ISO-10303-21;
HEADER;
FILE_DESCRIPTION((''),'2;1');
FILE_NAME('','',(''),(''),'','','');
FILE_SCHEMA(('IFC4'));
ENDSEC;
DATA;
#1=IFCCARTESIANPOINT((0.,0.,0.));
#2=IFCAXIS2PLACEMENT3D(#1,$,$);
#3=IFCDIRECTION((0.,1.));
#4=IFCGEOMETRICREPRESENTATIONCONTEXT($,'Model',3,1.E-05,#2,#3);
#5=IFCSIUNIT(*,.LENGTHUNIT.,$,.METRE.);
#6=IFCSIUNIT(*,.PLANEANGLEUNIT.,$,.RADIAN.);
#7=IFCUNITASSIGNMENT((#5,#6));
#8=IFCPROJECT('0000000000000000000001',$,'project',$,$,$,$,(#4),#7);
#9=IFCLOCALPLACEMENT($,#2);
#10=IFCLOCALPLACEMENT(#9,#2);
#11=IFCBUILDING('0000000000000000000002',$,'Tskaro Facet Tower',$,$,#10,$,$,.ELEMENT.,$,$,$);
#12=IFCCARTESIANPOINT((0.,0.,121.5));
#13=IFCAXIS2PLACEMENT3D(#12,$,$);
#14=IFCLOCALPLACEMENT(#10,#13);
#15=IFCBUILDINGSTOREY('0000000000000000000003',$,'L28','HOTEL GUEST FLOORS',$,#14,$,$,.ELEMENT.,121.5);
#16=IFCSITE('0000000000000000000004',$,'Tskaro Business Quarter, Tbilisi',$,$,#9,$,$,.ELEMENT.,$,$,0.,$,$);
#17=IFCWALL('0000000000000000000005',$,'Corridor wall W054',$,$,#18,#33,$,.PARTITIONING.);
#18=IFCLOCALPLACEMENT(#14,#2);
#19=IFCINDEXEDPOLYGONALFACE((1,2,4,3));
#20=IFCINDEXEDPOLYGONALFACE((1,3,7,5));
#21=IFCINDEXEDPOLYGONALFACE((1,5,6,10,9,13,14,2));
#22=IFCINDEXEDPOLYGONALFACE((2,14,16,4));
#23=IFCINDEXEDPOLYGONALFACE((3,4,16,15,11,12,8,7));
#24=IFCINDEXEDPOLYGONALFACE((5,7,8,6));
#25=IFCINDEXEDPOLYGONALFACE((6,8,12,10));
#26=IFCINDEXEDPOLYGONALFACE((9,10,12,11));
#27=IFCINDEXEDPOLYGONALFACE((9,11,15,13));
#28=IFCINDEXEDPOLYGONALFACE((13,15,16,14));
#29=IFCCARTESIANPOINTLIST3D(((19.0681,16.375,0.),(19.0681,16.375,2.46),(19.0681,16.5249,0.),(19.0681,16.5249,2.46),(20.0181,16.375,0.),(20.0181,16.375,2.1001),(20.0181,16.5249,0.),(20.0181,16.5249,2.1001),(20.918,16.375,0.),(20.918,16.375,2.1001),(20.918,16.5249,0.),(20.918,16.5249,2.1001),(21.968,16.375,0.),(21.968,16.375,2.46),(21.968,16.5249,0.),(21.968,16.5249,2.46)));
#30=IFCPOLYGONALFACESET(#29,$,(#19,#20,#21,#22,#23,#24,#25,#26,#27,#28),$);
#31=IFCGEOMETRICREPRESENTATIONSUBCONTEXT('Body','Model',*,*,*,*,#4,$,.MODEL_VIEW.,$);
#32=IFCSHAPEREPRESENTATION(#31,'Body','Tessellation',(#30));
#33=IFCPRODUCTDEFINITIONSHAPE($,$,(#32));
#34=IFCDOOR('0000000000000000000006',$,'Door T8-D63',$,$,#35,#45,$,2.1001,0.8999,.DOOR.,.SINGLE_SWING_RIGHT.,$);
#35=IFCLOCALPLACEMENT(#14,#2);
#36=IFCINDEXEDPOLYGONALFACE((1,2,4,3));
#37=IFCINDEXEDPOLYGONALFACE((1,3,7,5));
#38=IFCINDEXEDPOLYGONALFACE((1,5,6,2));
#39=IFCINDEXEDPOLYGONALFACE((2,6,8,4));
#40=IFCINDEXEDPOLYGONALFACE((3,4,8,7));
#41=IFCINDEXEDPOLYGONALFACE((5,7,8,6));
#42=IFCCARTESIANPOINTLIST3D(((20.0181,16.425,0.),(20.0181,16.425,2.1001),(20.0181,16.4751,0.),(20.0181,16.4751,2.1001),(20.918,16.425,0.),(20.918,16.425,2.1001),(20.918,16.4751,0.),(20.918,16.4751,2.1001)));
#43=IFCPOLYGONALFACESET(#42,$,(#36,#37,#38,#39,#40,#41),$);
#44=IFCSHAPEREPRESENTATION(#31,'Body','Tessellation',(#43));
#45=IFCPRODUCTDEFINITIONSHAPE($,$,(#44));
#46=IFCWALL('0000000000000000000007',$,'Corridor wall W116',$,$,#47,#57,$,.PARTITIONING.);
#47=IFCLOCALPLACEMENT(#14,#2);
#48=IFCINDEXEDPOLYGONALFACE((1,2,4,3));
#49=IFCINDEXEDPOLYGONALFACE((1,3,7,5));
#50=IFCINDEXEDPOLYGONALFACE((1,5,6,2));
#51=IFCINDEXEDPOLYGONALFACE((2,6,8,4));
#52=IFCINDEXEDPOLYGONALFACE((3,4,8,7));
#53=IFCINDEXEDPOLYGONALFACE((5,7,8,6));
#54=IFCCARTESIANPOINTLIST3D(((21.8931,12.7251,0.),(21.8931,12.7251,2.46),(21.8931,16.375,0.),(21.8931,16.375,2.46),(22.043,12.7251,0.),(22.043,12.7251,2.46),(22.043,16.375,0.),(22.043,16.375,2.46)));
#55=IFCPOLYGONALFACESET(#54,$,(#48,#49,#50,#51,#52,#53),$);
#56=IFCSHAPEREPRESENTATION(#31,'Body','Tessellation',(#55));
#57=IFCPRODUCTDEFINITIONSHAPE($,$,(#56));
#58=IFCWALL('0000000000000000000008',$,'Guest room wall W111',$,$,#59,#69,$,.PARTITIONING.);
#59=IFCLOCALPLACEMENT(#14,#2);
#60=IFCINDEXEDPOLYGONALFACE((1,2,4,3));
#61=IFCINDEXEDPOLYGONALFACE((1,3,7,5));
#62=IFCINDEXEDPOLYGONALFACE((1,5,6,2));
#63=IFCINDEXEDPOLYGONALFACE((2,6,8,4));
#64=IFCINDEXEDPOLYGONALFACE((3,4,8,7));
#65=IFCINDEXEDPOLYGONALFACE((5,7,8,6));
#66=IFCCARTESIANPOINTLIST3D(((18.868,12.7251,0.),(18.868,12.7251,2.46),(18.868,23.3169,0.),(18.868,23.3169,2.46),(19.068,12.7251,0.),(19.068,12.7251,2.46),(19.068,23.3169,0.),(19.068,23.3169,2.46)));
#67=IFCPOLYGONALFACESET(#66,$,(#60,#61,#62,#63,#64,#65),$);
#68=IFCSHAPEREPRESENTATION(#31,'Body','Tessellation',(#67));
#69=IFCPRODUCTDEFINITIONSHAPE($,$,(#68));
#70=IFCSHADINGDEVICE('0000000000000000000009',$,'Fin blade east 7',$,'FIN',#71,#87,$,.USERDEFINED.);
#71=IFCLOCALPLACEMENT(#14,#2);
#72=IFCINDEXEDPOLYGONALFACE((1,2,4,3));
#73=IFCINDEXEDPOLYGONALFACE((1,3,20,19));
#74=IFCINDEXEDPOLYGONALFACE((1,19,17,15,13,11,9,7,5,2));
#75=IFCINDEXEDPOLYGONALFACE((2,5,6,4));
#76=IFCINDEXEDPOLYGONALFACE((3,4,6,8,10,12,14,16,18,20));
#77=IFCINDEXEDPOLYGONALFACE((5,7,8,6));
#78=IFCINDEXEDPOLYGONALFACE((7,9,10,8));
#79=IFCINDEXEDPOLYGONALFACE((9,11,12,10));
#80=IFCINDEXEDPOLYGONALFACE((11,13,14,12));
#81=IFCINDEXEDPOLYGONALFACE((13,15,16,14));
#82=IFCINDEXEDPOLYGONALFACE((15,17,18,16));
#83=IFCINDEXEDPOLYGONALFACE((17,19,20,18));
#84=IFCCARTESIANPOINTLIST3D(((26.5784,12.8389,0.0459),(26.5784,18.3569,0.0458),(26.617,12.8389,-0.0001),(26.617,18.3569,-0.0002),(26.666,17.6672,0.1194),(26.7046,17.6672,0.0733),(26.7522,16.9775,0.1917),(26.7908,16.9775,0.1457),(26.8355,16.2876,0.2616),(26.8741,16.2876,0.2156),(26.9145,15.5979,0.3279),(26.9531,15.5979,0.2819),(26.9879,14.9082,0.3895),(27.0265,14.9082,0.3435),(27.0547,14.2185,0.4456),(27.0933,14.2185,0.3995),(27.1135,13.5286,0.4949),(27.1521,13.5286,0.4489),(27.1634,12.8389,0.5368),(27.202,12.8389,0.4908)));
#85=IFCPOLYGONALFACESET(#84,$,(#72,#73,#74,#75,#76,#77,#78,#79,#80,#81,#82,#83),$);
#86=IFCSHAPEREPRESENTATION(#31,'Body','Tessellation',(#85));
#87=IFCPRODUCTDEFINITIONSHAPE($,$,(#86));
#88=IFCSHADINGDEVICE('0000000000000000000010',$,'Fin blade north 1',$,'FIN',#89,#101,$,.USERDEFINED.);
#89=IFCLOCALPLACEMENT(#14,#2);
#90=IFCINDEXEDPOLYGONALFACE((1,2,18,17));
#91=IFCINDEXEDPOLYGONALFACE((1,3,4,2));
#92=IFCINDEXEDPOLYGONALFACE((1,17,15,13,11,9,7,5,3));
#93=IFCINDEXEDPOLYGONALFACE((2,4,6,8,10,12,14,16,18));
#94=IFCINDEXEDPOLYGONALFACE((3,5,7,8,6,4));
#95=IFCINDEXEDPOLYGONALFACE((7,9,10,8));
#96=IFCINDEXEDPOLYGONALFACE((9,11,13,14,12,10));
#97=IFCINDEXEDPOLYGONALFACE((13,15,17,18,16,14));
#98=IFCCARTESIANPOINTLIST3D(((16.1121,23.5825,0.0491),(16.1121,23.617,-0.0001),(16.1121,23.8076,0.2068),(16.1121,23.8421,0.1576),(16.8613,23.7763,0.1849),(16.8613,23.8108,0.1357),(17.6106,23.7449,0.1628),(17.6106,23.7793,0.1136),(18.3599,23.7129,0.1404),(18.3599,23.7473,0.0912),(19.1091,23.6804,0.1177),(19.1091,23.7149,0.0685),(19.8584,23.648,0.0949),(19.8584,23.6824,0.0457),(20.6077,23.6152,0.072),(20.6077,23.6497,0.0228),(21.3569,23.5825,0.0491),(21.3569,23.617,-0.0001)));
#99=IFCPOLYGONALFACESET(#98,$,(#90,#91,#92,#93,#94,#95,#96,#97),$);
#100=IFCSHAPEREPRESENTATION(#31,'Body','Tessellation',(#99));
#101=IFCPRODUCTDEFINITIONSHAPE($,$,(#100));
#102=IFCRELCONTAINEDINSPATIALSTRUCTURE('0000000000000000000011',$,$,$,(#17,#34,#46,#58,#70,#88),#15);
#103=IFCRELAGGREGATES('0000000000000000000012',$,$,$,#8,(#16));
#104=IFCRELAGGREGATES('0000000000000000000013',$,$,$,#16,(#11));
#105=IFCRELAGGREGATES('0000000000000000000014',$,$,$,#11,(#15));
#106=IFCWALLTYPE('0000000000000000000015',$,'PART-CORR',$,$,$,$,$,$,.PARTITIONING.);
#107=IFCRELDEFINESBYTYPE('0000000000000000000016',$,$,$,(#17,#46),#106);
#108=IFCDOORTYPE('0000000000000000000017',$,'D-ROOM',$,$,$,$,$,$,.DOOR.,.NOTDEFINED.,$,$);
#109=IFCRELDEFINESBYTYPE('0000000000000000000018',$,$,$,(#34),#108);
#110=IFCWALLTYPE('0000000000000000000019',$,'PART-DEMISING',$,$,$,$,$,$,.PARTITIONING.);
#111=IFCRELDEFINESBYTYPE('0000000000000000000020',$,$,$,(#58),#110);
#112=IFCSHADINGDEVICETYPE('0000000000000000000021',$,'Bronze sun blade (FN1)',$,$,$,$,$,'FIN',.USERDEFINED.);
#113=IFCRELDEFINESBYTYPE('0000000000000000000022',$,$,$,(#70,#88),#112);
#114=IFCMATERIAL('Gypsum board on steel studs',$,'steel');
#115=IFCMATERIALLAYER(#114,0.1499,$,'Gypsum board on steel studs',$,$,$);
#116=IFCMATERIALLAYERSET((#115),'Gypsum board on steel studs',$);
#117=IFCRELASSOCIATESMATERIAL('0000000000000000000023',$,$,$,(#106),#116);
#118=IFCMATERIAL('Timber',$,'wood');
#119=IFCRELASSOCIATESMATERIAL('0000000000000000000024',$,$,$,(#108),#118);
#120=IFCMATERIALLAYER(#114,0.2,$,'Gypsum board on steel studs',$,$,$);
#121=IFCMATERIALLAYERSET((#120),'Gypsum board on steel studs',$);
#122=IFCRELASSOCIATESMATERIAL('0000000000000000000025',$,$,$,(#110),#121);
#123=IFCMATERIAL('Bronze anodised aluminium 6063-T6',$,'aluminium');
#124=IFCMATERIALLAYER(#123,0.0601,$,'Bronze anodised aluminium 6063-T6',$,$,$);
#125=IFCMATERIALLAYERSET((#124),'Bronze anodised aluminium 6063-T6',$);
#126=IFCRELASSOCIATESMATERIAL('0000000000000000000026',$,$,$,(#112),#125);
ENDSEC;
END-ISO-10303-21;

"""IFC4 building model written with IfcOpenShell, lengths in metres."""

from ifc_helpers import new_model, si_unit, direction, frame, frame_2d, origin, place, context, subcontext, project, spatial, polyline, rectangle, outline, extrude, material, layer, layer_set, type_object, element, fill, save


model = new_model("IFC4")

# Units and contexts
model_context = context("Model", 3, precision=1e-05, world=origin(), true_north=direction((0.0, 1.0)))
body_context = subcontext(model_context, "Body", "Model", "MODEL_VIEW")
ifc_project = project(units=[si_unit("LENGTHUNIT", "METRE"), si_unit("PLANEANGLEUNIT", "RADIAN")], contexts=[model_context])

# Site, building, storey
site_placement = place(None, origin())
site = spatial("IfcSite", under=ifc_project, at=site_placement, Name="Tskaro Business Quarter, Tbilisi", CompositionType="ELEMENT", RefElevation=0.0)
building_placement = place(site_placement, origin())
building = spatial("IfcBuilding", under=site, at=building_placement, Name="Tskaro Facet Tower", CompositionType="ELEMENT")
storey_placement = place(building_placement, frame((0.0, 0.0, 121.5)))
storey = spatial("IfcBuildingStorey", under=building, at=storey_placement, Name="L28", Description="HOTEL GUEST FLOORS", CompositionType="ELEMENT", Elevation=121.5)

# Shared definitions
ifc_material_1 = material(Name="Bronze anodised aluminium 6063-T6", Category="aluminium")

# Wall, opening, door
ifc_material_2 = material(Name="Gypsum board on steel studs", Category="steel")
ifc_layer_1 = layer(ifc_material_2, 0.1499, Name="Gypsum board on steel studs")
ifc_layer_set_1 = layer_set([ifc_layer_1], Name="Gypsum board on steel studs")
wall_type_1 = type_object("IfcWallType", Name="PART-CORR", PredefinedType="PARTITIONING", material=ifc_layer_set_1)
wall_1_placement = place(storey_placement, frame((21.968, 16.45, 0.0), z_axis=(0.0, 0.0, 1.0), x_axis=(-1.0, 0.0, 0.0)))
wall_1 = element("IfcWall", 1, at=wall_1_placement, inside=storey, type_object=wall_type_1, Name="Corridor wall W054", PredefinedType="PARTITIONING", context=body_context, shape_type="SweptSolid", body=[
    extrude(rectangle(XDim=2.8999, YDim=0.1499, at=frame_2d((1.45, 0.0))), origin(), (0.0, 0.0, 1.0), 2.46),
])
opening_placement = place(wall_1_placement, frame((1.05, 0.0, 0.0)))
opening = element("IfcOpeningElement", 2, at=opening_placement, cuts=wall_1, PredefinedType="OPENING", context=body_context, shape_type="SweptSolid", body=[
    extrude(rectangle(XDim=0.8999, YDim=2.1001, at=frame_2d((0.45, 1.05))), frame((0.0, 0.085, 0.0), z_axis=(0.0, -1.0, 0.0), x_axis=(1.0, 0.0, 0.0)), (0.0, 0.0, 1.0), 0.1699),
])
ifc_material_3 = material(Name="Timber", Category="wood")
door_type = type_object("IfcDoorType", Name="D-ROOM", OperationType="NOTDEFINED", PredefinedType="DOOR", material=ifc_material_3)
door_placement = place(opening_placement, origin())
door = element("IfcDoor", 3, at=door_placement, inside=storey, type_object=door_type, Name="Door T8-D63", OperationType="SINGLE_SWING_RIGHT", OverallHeight=2.1001, OverallWidth=0.8999, PredefinedType="DOOR", context=body_context, shape_type="SweptSolid", body=[
    extrude(rectangle(XDim=0.8999, YDim=2.1001, at=frame_2d((0.45, 1.05))), frame((0.0, 0.0249, 0.0), z_axis=(0.0, -1.0, 0.0), x_axis=(1.0, 0.0, 0.0)), (0.0, 0.0, 1.0), 0.05),
])
fill(opening, door)

# Walls
wall_2_placement = place(storey_placement, frame((21.968, 12.7251, 0.0), z_axis=(0.0, 0.0, 1.0), x_axis=(0.0, 1.0, 0.0)))
element("IfcWall", 4, at=wall_2_placement, inside=storey, type_object=wall_type_1, Name="Corridor wall W116", PredefinedType="PARTITIONING", context=body_context, shape_type="SweptSolid", body=[
    extrude(rectangle(XDim=3.6499, YDim=0.1499, at=frame_2d((1.825, 0.0))), origin(), (0.0, 0.0, 1.0), 2.46),
])
ifc_layer_2 = layer(ifc_material_2, 0.2, Name="Gypsum board on steel studs")
ifc_layer_set_2 = layer_set([ifc_layer_2], Name="Gypsum board on steel studs")
wall_type_2 = type_object("IfcWallType", Name="PART-DEMISING", PredefinedType="PARTITIONING", material=ifc_layer_set_2)
wall_3_placement = place(storey_placement, frame((18.968, 12.7251, 0.0), z_axis=(0.0, 0.0, 1.0), x_axis=(0.0, 1.0, 0.0)))
element("IfcWall", 5, at=wall_3_placement, inside=storey, type_object=wall_type_2, Name="Guest room wall W111", PredefinedType="PARTITIONING", context=body_context, shape_type="SweptSolid", body=[
    extrude(rectangle(XDim=10.5918, YDim=0.2, at=frame_2d((5.2959, 0.0))), origin(), (0.0, 0.0, 1.0), 2.46),
])

# Shading devices
ifc_layer_3 = layer(ifc_material_1, 0.0601, Name="Bronze anodised aluminium 6063-T6")
ifc_layer_set_3 = layer_set([ifc_layer_3], Name="Bronze anodised aluminium 6063-T6")
shading_device_type = type_object("IfcShadingDeviceType", Name="Bronze sun blade (FN1)", ElementType="FIN", PredefinedType="USERDEFINED", material=ifc_layer_set_3)
shading_device_1_placement = place(storey_placement, frame((26.5784, 12.8389, 0.0459), z_axis=(-0.642788, 0.000017, 0.766044), x_axis=(0.000011, 1.0, -0.000013)))
element("IfcShadingDevice", 6, at=shading_device_1_placement, inside=storey, type_object=shading_device_type, Name="Fin blade east 7", ObjectType="FIN", PredefinedType="USERDEFINED", context=body_context, shape_type="SweptSolid", body=[
    extrude(outline(polyline([(0.0, 0.0), (5.5181, 0.0), (4.8284, -0.1144), (4.1387, -0.2268), (3.4487, -0.3357), (2.759, -0.4388), (2.0693, -0.5346), (1.3796, -0.6218), (0.6897, -0.6985), (0.0, -0.7637), (0.0, 0.0)])), origin(), (0.0, 0.0, -1.0), 0.0601),
])
shading_device_2_placement = place(storey_placement, frame((21.3569, 23.5825, 0.0491), z_axis=(0.0, -0.573817, 0.818984), x_axis=(-1.0, 0.0, 0.0)))
element("IfcShadingDevice", 7, at=shading_device_2_placement, inside=storey, type_object=shading_device_type, Name="Fin blade north 1", ObjectType="FIN", PredefinedType="USERDEFINED", context=body_context, shape_type="SweptSolid", body=[
    extrude(outline(polyline([(0.0, 0.0), (5.2449, 0.0), (5.2449, -0.2749), (4.4956, -0.2366), (3.7463, -0.1982), (2.9971, -0.1592), (2.2478, -0.1195), (1.4985, -0.0799), (0.7493, -0.04), (0.0, 0.0)])), origin(), (0.0, 0.0, -1.0), 0.0601),
])

save(model, "model.ifc")
